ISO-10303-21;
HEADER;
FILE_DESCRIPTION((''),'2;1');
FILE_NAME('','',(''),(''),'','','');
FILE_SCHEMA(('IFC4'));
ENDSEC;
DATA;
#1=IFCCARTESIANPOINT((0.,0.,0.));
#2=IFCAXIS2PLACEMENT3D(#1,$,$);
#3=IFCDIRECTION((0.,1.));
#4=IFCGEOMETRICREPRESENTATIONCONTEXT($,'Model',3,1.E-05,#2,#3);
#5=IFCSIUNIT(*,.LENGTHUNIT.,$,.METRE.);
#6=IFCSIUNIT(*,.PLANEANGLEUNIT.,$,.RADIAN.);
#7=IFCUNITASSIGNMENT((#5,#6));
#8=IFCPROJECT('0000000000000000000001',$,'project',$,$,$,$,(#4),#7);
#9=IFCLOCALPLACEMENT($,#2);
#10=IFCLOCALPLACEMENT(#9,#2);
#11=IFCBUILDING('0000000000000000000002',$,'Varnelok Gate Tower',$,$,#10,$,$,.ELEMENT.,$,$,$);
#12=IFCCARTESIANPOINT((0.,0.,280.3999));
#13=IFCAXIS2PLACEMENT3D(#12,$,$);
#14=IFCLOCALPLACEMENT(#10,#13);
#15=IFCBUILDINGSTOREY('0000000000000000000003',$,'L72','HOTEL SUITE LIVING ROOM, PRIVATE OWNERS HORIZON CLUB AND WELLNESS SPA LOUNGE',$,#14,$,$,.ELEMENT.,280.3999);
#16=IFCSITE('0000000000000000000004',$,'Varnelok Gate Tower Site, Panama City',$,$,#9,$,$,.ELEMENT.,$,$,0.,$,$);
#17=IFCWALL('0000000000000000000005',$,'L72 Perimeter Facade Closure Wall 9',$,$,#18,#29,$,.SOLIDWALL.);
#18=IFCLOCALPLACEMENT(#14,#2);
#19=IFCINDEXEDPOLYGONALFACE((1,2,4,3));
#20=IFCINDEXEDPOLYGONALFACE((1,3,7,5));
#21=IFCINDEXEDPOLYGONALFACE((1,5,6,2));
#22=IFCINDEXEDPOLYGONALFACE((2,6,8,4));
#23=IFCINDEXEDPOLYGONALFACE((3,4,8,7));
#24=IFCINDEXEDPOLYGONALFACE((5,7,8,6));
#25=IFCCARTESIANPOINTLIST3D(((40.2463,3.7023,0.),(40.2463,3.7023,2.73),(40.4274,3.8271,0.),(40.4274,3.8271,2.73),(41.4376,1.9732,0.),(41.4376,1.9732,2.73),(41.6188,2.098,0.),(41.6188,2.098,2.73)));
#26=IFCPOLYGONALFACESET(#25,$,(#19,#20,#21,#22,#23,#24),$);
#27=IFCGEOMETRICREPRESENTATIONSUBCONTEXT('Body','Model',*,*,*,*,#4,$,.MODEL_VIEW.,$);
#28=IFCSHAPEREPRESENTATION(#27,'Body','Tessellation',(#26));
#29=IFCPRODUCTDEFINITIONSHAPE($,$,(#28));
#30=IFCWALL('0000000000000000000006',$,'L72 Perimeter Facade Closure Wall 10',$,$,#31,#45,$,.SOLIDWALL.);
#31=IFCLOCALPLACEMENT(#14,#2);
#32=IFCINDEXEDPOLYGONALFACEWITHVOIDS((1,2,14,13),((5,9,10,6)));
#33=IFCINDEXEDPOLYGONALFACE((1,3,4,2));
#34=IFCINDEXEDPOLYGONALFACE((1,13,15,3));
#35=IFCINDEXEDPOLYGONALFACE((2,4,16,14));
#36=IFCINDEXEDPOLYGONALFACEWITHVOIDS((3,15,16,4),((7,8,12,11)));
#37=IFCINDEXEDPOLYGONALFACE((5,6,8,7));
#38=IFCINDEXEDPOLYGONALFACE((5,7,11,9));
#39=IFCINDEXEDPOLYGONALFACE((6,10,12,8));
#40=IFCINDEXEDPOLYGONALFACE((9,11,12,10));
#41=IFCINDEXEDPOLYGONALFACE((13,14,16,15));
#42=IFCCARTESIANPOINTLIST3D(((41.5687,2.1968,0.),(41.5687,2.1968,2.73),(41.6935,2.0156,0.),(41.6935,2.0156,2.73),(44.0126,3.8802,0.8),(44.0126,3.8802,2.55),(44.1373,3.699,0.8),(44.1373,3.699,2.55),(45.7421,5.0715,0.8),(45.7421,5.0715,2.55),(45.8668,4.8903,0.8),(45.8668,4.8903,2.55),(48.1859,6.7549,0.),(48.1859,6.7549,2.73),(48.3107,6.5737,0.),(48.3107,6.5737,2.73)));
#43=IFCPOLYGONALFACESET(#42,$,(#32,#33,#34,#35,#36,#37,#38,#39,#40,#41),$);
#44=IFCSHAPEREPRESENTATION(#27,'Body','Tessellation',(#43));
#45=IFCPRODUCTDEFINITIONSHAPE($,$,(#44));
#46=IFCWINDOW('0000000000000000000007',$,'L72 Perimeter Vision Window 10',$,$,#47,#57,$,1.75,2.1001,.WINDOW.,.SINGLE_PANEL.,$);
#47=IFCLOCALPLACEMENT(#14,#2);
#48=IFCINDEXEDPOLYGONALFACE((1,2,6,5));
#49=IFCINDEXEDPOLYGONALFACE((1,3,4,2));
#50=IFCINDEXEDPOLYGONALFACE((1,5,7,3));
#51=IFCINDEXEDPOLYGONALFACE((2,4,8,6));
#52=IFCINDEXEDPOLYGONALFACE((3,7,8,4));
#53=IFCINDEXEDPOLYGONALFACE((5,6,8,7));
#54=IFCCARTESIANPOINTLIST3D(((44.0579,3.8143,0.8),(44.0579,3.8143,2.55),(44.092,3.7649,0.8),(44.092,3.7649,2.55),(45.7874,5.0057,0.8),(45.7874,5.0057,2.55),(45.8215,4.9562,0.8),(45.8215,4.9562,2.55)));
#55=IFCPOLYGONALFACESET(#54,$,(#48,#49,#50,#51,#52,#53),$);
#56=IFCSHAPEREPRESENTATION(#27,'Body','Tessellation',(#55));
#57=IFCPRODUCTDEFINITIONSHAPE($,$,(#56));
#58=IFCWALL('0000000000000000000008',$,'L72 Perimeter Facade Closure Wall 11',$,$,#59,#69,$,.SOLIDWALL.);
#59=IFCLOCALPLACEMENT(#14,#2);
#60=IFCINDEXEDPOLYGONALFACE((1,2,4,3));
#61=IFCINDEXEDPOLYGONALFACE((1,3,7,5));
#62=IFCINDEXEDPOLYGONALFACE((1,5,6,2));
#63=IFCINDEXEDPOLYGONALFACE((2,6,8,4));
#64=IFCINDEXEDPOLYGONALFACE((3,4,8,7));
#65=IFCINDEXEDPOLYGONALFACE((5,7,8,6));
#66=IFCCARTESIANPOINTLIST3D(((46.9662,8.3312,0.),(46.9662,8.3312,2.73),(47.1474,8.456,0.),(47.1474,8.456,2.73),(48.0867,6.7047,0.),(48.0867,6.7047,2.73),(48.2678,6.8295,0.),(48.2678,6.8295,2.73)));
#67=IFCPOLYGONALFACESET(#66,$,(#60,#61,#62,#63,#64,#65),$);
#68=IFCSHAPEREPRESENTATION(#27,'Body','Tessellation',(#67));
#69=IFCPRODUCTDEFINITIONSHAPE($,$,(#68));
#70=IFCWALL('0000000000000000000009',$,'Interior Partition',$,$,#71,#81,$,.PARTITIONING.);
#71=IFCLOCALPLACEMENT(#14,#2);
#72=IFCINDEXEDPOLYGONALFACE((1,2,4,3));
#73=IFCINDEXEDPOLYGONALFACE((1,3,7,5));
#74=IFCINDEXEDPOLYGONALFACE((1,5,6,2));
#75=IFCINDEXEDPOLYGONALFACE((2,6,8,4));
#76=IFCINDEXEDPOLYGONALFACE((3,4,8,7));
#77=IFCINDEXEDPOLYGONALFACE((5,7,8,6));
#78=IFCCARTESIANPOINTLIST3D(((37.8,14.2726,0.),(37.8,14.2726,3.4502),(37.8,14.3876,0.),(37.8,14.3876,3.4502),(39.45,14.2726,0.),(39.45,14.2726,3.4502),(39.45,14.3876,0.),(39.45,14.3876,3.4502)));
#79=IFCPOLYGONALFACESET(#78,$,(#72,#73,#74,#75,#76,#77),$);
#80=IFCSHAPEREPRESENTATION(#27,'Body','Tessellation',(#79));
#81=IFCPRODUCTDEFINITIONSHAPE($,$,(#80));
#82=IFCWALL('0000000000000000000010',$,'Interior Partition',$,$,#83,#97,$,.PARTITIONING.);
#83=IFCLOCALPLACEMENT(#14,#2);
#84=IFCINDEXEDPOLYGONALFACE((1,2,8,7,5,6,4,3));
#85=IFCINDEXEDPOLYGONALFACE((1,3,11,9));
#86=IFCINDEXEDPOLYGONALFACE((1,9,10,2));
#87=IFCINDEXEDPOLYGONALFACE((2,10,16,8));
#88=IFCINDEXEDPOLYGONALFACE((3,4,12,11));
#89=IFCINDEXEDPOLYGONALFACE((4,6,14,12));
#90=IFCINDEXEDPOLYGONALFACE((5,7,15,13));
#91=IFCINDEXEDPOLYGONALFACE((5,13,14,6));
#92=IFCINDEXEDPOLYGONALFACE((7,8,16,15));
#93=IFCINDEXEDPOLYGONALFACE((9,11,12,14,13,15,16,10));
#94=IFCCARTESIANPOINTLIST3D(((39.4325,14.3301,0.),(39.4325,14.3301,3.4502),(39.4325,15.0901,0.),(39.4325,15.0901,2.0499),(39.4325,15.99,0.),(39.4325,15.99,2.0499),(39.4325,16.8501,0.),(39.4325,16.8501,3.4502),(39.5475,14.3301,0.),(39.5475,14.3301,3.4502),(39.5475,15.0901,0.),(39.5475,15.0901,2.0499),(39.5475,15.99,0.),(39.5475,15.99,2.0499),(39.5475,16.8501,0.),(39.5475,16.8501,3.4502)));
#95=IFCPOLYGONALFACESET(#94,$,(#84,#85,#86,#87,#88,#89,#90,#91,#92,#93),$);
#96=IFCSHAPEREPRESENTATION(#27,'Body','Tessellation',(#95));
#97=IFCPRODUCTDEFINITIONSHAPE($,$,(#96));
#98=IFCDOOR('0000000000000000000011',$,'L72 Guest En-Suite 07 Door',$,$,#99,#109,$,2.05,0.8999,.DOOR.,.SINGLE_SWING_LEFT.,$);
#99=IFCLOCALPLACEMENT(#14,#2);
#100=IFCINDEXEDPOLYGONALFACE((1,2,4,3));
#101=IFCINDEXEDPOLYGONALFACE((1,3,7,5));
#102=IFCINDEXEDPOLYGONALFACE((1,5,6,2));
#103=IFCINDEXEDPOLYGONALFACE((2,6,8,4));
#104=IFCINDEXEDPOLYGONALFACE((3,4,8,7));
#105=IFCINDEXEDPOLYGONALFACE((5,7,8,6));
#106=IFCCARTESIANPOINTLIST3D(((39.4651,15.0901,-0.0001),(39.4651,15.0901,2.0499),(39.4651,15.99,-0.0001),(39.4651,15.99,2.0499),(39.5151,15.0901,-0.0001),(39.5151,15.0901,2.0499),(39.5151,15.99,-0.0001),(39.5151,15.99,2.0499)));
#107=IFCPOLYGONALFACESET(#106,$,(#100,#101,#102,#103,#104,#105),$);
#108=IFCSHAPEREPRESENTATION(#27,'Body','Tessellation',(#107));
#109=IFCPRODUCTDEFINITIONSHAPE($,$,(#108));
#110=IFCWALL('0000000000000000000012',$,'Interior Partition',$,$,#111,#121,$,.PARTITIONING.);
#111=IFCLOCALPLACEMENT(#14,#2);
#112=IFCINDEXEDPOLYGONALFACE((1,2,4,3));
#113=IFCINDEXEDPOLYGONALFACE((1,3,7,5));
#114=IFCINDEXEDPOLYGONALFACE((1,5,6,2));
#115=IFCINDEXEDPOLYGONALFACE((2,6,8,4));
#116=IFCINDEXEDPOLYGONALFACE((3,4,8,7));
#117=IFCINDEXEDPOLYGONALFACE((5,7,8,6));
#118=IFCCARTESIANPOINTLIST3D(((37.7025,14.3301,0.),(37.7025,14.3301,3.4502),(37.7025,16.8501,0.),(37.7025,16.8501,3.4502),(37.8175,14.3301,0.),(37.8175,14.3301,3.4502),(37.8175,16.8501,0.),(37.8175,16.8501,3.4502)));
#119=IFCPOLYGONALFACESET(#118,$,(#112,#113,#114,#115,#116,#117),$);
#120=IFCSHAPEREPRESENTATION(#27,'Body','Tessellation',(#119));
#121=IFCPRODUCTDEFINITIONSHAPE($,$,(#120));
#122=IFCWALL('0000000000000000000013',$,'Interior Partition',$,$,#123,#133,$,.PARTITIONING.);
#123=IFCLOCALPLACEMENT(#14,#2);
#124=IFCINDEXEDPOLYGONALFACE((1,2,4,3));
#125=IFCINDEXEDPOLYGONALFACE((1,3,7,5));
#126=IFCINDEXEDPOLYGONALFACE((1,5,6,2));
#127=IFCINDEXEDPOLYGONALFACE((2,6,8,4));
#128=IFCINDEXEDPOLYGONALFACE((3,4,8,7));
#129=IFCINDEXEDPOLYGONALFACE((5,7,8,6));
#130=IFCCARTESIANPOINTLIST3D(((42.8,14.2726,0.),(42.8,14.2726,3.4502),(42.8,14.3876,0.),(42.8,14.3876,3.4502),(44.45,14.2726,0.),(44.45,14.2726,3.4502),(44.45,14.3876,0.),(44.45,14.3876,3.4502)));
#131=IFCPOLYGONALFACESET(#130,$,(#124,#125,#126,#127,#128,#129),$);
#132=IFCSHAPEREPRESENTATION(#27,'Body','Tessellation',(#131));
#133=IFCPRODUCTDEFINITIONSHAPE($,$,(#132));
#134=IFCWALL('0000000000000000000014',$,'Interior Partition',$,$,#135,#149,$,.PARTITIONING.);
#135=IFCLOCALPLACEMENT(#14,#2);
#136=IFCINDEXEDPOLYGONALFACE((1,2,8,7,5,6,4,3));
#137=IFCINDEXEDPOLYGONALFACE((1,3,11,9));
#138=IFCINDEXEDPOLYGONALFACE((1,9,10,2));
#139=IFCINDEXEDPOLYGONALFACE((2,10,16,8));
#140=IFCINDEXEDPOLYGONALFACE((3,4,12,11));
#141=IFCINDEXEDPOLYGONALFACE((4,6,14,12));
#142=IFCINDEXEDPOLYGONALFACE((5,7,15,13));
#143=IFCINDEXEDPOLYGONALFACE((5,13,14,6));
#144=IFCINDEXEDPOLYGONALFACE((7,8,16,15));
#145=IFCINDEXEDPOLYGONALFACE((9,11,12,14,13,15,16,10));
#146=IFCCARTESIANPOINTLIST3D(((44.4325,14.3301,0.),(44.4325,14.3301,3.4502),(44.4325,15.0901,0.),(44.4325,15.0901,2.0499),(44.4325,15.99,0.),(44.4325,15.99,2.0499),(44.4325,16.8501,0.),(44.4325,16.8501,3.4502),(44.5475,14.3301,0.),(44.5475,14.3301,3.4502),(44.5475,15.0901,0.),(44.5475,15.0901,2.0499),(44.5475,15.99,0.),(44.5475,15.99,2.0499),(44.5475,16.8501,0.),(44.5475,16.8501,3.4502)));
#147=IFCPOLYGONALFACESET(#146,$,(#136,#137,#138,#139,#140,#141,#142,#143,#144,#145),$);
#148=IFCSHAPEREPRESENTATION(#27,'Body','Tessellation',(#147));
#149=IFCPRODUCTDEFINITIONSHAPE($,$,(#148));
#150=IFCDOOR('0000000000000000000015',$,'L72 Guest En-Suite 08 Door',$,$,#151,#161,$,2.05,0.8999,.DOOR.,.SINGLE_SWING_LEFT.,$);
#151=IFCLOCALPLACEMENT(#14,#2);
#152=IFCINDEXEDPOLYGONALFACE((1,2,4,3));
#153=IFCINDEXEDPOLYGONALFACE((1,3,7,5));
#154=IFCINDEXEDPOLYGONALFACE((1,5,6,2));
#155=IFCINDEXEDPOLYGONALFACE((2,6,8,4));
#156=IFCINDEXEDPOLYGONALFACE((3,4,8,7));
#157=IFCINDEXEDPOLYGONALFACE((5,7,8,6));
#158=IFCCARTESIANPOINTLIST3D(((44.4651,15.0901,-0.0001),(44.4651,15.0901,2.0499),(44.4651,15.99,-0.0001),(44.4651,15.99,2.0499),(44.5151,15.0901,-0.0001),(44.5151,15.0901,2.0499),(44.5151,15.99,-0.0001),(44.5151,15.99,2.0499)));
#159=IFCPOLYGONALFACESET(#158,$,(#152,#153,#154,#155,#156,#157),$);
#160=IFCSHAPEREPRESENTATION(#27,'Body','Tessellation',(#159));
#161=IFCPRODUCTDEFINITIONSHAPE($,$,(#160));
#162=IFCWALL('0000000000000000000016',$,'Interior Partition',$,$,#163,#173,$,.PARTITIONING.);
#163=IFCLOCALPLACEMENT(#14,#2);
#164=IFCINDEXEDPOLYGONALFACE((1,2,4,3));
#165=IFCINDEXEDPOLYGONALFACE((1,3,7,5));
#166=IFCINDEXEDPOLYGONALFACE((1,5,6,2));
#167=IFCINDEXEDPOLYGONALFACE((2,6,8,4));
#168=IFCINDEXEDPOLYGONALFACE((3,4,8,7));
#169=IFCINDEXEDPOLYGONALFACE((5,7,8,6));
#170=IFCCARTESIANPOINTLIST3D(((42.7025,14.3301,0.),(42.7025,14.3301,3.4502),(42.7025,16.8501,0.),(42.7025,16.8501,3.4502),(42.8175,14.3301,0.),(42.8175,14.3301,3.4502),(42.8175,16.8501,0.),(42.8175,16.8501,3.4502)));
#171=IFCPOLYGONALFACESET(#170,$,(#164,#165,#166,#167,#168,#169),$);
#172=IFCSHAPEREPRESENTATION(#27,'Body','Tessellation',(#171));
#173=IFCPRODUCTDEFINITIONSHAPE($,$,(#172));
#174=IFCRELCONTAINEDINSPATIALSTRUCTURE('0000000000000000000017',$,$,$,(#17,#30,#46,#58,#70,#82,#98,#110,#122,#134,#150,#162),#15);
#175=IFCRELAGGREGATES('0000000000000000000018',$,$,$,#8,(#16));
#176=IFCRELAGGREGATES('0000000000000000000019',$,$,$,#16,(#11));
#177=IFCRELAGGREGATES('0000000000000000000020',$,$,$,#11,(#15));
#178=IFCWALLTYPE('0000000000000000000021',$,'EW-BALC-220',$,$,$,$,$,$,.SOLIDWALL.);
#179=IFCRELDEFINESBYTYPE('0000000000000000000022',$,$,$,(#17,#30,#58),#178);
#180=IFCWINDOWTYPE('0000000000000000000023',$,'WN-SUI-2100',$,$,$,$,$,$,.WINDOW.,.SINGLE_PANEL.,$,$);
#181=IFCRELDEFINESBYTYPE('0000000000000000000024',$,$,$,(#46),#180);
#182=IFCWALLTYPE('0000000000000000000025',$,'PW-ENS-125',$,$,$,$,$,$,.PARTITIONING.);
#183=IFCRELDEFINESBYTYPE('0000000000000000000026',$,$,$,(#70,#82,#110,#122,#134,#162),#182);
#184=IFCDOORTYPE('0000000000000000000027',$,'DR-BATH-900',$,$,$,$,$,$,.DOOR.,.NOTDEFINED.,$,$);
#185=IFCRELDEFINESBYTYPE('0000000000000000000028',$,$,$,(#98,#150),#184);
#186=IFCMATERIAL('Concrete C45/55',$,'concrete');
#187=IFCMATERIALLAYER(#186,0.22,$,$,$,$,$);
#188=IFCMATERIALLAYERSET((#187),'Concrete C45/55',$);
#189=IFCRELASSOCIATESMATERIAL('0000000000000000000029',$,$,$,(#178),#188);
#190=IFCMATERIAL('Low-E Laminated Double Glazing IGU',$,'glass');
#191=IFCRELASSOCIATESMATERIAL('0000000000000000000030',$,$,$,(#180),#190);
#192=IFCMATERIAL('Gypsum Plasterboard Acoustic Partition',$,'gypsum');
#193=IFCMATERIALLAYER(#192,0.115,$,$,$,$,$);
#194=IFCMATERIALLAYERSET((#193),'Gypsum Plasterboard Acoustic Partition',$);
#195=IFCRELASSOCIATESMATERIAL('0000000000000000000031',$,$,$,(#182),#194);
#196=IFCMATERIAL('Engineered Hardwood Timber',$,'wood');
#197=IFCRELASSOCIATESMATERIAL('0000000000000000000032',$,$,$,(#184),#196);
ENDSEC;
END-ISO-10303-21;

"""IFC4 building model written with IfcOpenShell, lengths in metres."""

from ifc_helpers import new_model, si_unit, direction, frame, frame_2d, origin, place, context, subcontext, project, spatial, rectangle, extrude, material, layer, layer_set, type_object, element, fill, save


model = new_model("IFC4")

# Units and contexts
model_context = context("Model", 3, precision=1e-05, world=origin(), true_north=direction((0.0, 1.0)))
body_context = subcontext(model_context, "Body", "Model", "MODEL_VIEW")
ifc_project = project(units=[si_unit("LENGTHUNIT", "METRE"), si_unit("PLANEANGLEUNIT", "RADIAN")], contexts=[model_context])

# Site, building, storey
site_placement = place(None, origin())
site = spatial("IfcSite", under=ifc_project, at=site_placement, Name="Varnelok Gate Tower Site, Panama City", CompositionType="ELEMENT", RefElevation=0.0)
building_placement = place(site_placement, origin())
building = spatial("IfcBuilding", under=site, at=building_placement, Name="Varnelok Gate Tower", CompositionType="ELEMENT")
storey_placement = place(building_placement, frame((0.0, 0.0, 280.3999)))
storey = spatial("IfcBuildingStorey", under=building, at=storey_placement, Name="L72", Description="HOTEL SUITE LIVING ROOM, PRIVATE OWNERS HORIZON CLUB AND WELLNESS SPA LOUNGE", CompositionType="ELEMENT", Elevation=280.3999)

# Shared definitions
ifc_material_1 = material(Name="Concrete C45/55", Category="concrete")
ifc_layer_1 = layer(ifc_material_1, 0.22)
ifc_layer_set_1 = layer_set([ifc_layer_1], Name="Concrete C45/55")
wall_type_1 = type_object("IfcWallType", Name="EW-BALC-220", PredefinedType="SOLIDWALL", material=ifc_layer_set_1)

# Wall
wall_1_placement = place(storey_placement, frame((40.3369, 3.7646, 0.0), z_axis=(0.0, 0.0, 1.0), x_axis=(0.567353, -0.823475, 0.0)))
element("IfcWall", 1, at=wall_1_placement, inside=storey, type_object=wall_type_1, Name="L72 Perimeter Facade Closure Wall 9", PredefinedType="SOLIDWALL", context=body_context, shape_type="SweptSolid", body=[
    extrude(rectangle(XDim=2.0999, YDim=0.22, at=frame_2d((1.0498, 0.0))), origin(), (0.0, 0.0, 1.0), 2.73),
])

# Wall, opening, window
wall_2_placement = place(storey_placement, frame((41.6311, 2.1062, 0.0), z_axis=(0.0, 0.0, 1.0), x_axis=(0.823531, 0.567271, 0.0)))
wall_2 = element("IfcWall", 2, at=wall_2_placement, inside=storey, type_object=wall_type_1, Name="L72 Perimeter Facade Closure Wall 10", PredefinedType="SOLIDWALL", context=body_context, shape_type="SweptSolid", body=[
    extrude(rectangle(XDim=8.0352, YDim=0.22, at=frame_2d((4.0176, 0.0))), origin(), (0.0, 0.0, 1.0), 2.73),
])
opening_1_placement = place(wall_2_placement, frame((2.9675, 0.0, 0.8)))
opening_1 = element("IfcOpeningElement", 3, at=opening_1_placement, cuts=wall_2, PredefinedType="OPENING", context=body_context, shape_type="SweptSolid", body=[
    extrude(rectangle(XDim=2.1001, YDim=1.75, at=frame_2d((1.05, 0.875))), frame((0.0, 0.1199, 0.0), z_axis=(0.0, -1.0, 0.0), x_axis=(1.0, 0.0, 0.0)), (0.0, 0.0, 1.0), 0.24),
])
ifc_material_2 = material(Name="Low-E Laminated Double Glazing IGU", Category="glass")
window_type = type_object("IfcWindowType", Name="WN-SUI-2100", PartitioningType="SINGLE_PANEL", PredefinedType="WINDOW", material=ifc_material_2)
window_placement = place(opening_1_placement, origin())
window = element("IfcWindow", 4, at=window_placement, inside=storey, type_object=window_type, Name="L72 Perimeter Vision Window 10", OverallHeight=1.75, OverallWidth=2.1001, PartitioningType="SINGLE_PANEL", PredefinedType="WINDOW", context=body_context, shape_type="SweptSolid", body=[
    extrude(rectangle(XDim=2.1001, YDim=1.75, at=frame_2d((1.05, 0.875))), frame((0.0, 0.03, 0.0), z_axis=(0.0, -1.0, 0.0), x_axis=(1.0, 0.0, 0.0)), (0.0, 0.0, 1.0), 0.0601),
])
fill(opening_1, window)

# Wall
wall_3_placement = place(storey_placement, frame((48.1772, 6.7671, 0.0), z_axis=(0.0, 0.0, 1.0), x_axis=(-0.567274, 0.823529, 0.0)))
element("IfcWall", 5, at=wall_3_placement, inside=storey, type_object=wall_type_1, Name="L72 Perimeter Facade Closure Wall 11", PredefinedType="SOLIDWALL", context=body_context, shape_type="SweptSolid", body=[
    extrude(rectangle(XDim=1.9751, YDim=0.22, at=frame_2d((0.9875, 0.0))), origin(), (0.0, 0.0, 1.0), 2.73),
])

# Shared definitions
ifc_material_3 = material(Name="Gypsum Plasterboard Acoustic Partition", Category="gypsum")
ifc_material_4 = material(Name="Engineered Hardwood Timber", Category="wood")

# Wall
ifc_layer_2 = layer(ifc_material_3, 0.115)
ifc_layer_set_2 = layer_set([ifc_layer_2], Name="Gypsum Plasterboard Acoustic Partition")
wall_type_2 = type_object("IfcWallType", Name="PW-ENS-125", PredefinedType="PARTITIONING", material=ifc_layer_set_2)
wall_4_placement = place(storey_placement, frame((37.8, 14.3301, 0.0), z_axis=(0.0, 0.0, 1.0), x_axis=(1.0, 0.0, 0.0)))
element("IfcWall", 6, at=wall_4_placement, inside=storey, type_object=wall_type_2, Name="Interior Partition", PredefinedType="PARTITIONING", context=body_context, shape_type="SweptSolid", body=[
    extrude(rectangle(XDim=1.6499, YDim=0.115, at=frame_2d((0.825, 0.0))), origin(), (0.0, 0.0, 1.0), 3.4502),
])

# Wall, opening, door
wall_5_placement = place(storey_placement, frame((39.49, 14.3301, 0.0), z_axis=(0.0, 0.0, 1.0), x_axis=(0.0, 1.0, 0.0)))
wall_5 = element("IfcWall", 7, at=wall_5_placement, inside=storey, type_object=wall_type_2, Name="Interior Partition", PredefinedType="PARTITIONING", context=body_context, shape_type="SweptSolid", body=[
    extrude(rectangle(XDim=2.52, YDim=0.115, at=frame_2d((1.26, 0.0))), origin(), (0.0, 0.0, 1.0), 3.4502),
])
opening_2_placement = place(wall_5_placement, frame((0.76, 0.0, 0.0)))
opening_2 = element("IfcOpeningElement", 8, at=opening_2_placement, cuts=wall_5, PredefinedType="OPENING", context=body_context, shape_type="SweptSolid", body=[
    extrude(rectangle(XDim=0.8999, YDim=2.05, at=frame_2d((0.45, 1.0249))), frame((0.0, 0.0674, 0.0), z_axis=(0.0, -1.0, 0.0), x_axis=(1.0, 0.0, 0.0)), (0.0, 0.0, 1.0), 0.135),
])
door_type_1 = type_object("IfcDoorType", Name="DR-BATH-900", OperationType="NOTDEFINED", PredefinedType="DOOR", material=ifc_material_4)
door_1_placement = place(opening_2_placement, origin())
door_1 = element("IfcDoor", 9, at=door_1_placement, inside=storey, type_object=door_type_1, Name="L72 Guest En-Suite 07 Door", OperationType="SINGLE_SWING_LEFT", OverallHeight=2.05, OverallWidth=0.8999, PredefinedType="DOOR", context=body_context, shape_type="SweptSolid", body=[
    extrude(rectangle(XDim=0.8999, YDim=2.05, at=frame_2d((0.45, 1.0249))), frame((0.0, 0.0249, 0.0), z_axis=(0.0, -1.0, 0.0), x_axis=(1.0, 0.0, 0.0)), (0.0, 0.0, 1.0), 0.05),
])
fill(opening_2, door_1)

# Walls
wall_6_placement = place(storey_placement, frame((37.76, 14.3301, 0.0), z_axis=(0.0, 0.0, 1.0), x_axis=(0.0, 1.0, 0.0)))
element("IfcWall", 10, at=wall_6_placement, inside=storey, type_object=wall_type_2, Name="Interior Partition", PredefinedType="PARTITIONING", context=body_context, shape_type="SweptSolid", body=[
    extrude(rectangle(XDim=2.52, YDim=0.115, at=frame_2d((1.26, 0.0))), origin(), (0.0, 0.0, 1.0), 3.4502),
])
wall_7_placement = place(storey_placement, frame((42.8, 14.3301, 0.0), z_axis=(0.0, 0.0, 1.0), x_axis=(1.0, 0.0, 0.0)))
element("IfcWall", 11, at=wall_7_placement, inside=storey, type_object=wall_type_2, Name="Interior Partition", PredefinedType="PARTITIONING", context=body_context, shape_type="SweptSolid", body=[
    extrude(rectangle(XDim=1.6499, YDim=0.115, at=frame_2d((0.825, 0.0))), origin(), (0.0, 0.0, 1.0), 3.4502),
])

# Wall, opening, door
wall_8_placement = place(storey_placement, frame((44.49, 14.3301, 0.0), z_axis=(0.0, 0.0, 1.0), x_axis=(0.0, 1.0, 0.0)))
wall_8 = element("IfcWall", 12, at=wall_8_placement, inside=storey, type_object=wall_type_2, Name="Interior Partition", PredefinedType="PARTITIONING", context=body_context, shape_type="SweptSolid", body=[
    extrude(rectangle(XDim=2.52, YDim=0.115, at=frame_2d((1.26, 0.0))), origin(), (0.0, 0.0, 1.0), 3.4502),
])
opening_3_placement = place(wall_8_placement, frame((0.76, 0.0, 0.0)))
opening_3 = element("IfcOpeningElement", 13, at=opening_3_placement, cuts=wall_8, PredefinedType="OPENING", context=body_context, shape_type="SweptSolid", body=[
    extrude(rectangle(XDim=0.8999, YDim=2.05, at=frame_2d((0.45, 1.0249))), frame((0.0, 0.0674, 0.0), z_axis=(0.0, -1.0, 0.0), x_axis=(1.0, 0.0, 0.0)), (0.0, 0.0, 1.0), 0.135),
])
door_2_placement = place(opening_3_placement, origin())
door_2 = element("IfcDoor", 14, at=door_2_placement, inside=storey, type_object=door_type_1, Name="L72 Guest En-Suite 08 Door", OperationType="SINGLE_SWING_LEFT", OverallHeight=2.05, OverallWidth=0.8999, PredefinedType="DOOR", context=body_context, shape_type="SweptSolid", body=[
    extrude(rectangle(XDim=0.8999, YDim=2.05, at=frame_2d((0.45, 1.0249))), frame((0.0, 0.0249, 0.0), z_axis=(0.0, -1.0, 0.0), x_axis=(1.0, 0.0, 0.0)), (0.0, 0.0, 1.0), 0.05),
])
fill(opening_3, door_2)

# Wall
wall_9_placement = place(storey_placement, frame((42.76, 14.3301, 0.0), z_axis=(0.0, 0.0, 1.0), x_axis=(0.0, 1.0, 0.0)))
element("IfcWall", 15, at=wall_9_placement, inside=storey, type_object=wall_type_2, Name="Interior Partition", PredefinedType="PARTITIONING", context=body_context, shape_type="SweptSolid", body=[
    extrude(rectangle(XDim=2.52, YDim=0.115, at=frame_2d((1.26, 0.0))), origin(), (0.0, 0.0, 1.0), 3.4502),
])

save(model, "model.ifc")
